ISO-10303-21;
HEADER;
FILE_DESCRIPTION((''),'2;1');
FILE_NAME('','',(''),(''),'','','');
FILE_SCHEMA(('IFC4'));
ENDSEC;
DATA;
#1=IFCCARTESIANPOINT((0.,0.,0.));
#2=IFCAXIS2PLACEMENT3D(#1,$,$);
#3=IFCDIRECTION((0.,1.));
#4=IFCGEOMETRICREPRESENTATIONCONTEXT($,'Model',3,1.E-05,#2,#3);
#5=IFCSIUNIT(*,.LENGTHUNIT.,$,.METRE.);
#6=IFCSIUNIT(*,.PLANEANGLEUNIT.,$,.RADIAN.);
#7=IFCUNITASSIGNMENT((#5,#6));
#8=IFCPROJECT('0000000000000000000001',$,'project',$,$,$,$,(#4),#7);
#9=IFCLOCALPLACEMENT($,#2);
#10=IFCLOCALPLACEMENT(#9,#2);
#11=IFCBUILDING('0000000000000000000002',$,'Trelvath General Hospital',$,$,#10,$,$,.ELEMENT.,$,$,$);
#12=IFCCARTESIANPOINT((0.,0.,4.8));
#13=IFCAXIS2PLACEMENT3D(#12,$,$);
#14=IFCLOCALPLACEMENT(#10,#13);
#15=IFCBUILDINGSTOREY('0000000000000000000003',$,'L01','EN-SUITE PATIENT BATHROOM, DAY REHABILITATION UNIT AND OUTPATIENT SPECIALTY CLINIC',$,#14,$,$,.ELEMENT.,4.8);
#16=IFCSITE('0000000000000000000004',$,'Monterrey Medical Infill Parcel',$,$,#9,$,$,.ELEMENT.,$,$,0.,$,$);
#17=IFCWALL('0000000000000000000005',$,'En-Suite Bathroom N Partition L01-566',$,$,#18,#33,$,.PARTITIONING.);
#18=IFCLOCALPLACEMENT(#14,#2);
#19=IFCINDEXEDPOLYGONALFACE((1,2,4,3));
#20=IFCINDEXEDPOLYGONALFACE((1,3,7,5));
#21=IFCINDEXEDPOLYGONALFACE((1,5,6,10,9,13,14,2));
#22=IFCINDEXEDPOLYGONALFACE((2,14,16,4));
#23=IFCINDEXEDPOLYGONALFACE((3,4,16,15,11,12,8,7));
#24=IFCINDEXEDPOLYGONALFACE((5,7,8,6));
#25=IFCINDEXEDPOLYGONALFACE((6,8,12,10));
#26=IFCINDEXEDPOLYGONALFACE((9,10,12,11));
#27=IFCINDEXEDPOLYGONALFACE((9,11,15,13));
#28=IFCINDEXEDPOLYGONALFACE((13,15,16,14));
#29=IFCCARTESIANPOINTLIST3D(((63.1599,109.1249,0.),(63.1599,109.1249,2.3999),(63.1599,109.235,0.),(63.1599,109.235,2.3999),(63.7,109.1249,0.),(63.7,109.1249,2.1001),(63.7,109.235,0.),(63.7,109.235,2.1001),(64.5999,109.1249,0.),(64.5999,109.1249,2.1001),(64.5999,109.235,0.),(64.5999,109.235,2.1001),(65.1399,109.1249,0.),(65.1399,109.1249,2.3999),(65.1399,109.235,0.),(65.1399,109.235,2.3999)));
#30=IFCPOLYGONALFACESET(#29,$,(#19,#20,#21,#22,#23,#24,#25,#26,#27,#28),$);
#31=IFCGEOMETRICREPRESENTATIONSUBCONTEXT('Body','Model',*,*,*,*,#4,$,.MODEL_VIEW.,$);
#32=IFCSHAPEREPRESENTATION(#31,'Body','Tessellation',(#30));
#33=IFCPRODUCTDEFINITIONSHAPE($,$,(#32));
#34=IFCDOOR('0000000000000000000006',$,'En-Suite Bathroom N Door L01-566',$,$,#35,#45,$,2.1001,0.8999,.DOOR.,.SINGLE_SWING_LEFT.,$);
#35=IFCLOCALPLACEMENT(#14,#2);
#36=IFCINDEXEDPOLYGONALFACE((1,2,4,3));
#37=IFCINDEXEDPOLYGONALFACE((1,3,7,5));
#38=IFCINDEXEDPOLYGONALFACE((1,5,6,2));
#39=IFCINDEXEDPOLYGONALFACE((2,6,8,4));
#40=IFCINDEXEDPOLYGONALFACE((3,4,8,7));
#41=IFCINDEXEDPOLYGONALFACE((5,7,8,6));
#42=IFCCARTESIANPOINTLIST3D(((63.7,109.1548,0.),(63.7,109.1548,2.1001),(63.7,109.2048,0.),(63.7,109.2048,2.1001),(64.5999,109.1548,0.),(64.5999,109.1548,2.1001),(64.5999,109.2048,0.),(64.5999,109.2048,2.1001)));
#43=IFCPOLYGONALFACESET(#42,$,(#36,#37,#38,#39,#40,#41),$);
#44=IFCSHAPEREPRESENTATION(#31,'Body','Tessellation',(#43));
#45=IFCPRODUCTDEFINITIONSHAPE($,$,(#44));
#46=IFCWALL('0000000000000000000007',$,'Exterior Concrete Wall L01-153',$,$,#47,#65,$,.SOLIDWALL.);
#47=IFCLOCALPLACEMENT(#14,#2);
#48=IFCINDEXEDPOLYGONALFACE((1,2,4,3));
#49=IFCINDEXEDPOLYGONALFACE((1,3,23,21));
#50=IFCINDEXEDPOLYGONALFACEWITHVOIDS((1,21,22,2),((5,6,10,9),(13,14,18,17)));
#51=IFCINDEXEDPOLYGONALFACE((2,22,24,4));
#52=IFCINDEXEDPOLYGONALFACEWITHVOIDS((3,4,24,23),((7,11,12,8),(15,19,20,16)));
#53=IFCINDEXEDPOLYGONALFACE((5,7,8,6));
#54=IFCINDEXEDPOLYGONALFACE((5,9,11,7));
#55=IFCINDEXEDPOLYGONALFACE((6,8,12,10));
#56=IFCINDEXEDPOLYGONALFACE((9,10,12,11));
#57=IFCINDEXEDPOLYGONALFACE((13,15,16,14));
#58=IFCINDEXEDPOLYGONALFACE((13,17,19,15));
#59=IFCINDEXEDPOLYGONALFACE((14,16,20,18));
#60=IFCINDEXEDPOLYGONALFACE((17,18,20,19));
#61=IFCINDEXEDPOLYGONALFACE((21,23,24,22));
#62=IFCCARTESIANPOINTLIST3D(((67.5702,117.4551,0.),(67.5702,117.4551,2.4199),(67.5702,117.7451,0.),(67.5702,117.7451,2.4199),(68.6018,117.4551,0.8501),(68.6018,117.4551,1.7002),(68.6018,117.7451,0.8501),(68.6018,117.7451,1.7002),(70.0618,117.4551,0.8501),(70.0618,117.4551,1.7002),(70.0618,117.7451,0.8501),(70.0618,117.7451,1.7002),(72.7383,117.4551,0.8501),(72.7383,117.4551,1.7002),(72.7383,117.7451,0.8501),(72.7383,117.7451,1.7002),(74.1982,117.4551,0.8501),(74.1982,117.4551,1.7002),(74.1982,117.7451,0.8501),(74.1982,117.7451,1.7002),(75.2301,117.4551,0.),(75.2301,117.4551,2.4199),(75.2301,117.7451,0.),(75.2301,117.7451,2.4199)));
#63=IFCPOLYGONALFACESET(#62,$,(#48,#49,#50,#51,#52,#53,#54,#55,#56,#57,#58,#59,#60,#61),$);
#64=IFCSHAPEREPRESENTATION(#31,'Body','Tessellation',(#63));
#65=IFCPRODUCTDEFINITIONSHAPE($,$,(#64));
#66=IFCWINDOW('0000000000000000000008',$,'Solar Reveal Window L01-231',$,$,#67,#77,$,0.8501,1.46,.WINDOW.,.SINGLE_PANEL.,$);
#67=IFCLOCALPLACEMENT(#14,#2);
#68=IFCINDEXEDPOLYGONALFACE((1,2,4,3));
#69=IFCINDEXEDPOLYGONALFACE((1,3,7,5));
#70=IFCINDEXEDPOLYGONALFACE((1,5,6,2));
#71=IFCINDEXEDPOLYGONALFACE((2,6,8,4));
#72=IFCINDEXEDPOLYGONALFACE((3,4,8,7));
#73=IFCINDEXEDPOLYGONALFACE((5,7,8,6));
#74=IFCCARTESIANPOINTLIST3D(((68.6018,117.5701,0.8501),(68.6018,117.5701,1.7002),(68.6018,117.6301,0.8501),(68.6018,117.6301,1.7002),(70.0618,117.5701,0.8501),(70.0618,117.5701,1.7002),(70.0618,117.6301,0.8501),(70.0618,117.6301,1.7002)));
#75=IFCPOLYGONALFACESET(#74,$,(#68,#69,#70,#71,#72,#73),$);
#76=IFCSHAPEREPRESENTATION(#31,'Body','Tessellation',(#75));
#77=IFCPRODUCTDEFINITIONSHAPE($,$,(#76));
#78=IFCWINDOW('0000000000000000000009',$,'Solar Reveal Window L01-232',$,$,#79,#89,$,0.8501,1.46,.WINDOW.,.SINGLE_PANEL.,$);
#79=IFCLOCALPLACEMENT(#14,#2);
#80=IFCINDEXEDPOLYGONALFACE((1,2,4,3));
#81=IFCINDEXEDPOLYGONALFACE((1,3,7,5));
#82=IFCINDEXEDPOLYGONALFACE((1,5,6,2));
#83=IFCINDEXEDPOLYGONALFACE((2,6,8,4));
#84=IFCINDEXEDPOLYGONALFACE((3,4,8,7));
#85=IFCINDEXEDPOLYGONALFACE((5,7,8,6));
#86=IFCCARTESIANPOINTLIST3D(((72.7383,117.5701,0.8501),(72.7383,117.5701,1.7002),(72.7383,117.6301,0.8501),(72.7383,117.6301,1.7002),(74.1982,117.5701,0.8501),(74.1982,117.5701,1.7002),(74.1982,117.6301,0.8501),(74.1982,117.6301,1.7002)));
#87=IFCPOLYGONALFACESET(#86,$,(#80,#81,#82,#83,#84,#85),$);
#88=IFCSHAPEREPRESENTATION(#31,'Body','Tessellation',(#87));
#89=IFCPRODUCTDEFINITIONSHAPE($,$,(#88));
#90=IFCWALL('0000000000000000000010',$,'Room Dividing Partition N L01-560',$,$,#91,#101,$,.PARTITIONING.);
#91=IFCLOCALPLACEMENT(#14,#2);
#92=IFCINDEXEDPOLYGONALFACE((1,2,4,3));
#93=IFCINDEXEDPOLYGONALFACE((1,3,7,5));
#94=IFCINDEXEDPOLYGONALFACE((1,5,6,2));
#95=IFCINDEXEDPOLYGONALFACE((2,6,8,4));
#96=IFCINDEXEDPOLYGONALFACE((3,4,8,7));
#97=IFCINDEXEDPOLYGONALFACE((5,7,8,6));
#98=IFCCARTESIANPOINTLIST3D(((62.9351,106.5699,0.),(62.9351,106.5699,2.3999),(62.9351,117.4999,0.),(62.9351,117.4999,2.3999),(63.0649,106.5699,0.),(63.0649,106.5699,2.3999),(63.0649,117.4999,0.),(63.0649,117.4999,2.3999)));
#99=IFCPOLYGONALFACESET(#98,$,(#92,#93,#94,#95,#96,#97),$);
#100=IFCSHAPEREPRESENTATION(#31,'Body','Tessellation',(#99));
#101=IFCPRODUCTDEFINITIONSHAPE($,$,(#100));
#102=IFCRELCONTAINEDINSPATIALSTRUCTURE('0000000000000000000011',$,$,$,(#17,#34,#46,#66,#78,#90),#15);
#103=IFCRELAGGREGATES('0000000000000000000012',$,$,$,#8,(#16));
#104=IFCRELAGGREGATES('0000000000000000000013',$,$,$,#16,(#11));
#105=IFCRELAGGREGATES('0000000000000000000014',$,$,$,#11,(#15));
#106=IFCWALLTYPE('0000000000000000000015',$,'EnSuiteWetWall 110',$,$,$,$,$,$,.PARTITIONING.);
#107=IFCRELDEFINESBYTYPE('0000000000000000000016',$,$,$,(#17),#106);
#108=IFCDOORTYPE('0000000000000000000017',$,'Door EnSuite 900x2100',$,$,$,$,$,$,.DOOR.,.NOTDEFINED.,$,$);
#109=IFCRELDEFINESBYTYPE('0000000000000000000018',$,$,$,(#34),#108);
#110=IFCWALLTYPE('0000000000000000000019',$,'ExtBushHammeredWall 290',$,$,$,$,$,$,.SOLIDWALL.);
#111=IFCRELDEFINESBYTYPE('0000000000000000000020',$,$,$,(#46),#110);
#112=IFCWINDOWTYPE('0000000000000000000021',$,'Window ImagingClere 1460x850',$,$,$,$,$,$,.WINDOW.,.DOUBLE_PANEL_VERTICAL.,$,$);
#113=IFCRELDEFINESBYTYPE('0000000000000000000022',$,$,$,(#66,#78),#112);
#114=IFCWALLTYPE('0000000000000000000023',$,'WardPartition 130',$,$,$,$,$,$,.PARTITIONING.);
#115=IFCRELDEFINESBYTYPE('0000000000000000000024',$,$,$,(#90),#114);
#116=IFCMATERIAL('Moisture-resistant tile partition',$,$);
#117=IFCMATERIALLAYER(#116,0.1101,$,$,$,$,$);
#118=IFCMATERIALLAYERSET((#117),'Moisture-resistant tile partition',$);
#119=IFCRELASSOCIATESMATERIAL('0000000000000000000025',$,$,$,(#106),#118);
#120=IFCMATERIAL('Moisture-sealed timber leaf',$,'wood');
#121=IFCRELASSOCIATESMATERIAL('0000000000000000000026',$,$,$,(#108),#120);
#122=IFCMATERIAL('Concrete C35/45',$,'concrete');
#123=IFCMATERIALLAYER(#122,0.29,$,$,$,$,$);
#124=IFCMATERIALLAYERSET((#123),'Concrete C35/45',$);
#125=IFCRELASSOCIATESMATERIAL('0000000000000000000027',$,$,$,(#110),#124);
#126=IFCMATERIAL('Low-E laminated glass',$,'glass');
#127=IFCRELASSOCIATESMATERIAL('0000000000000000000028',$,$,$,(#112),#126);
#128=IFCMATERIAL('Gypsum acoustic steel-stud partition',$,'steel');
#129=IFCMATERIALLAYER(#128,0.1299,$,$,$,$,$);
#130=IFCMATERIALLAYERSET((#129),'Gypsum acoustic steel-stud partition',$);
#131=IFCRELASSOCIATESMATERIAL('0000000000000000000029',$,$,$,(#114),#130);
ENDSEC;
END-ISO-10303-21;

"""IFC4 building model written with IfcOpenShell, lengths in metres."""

from ifc_helpers import new_model, si_unit, direction, frame, frame_2d, origin, place, context, subcontext, project, spatial, rectangle, extrude, material, layer, layer_set, type_object, element, fill, save


model = new_model("IFC4")

# Units and contexts
model_context = context("Model", 3, precision=1e-05, world=origin(), true_north=direction((0.0, 1.0)))
body_context = subcontext(model_context, "Body", "Model", "MODEL_VIEW")
ifc_project = project(units=[si_unit("LENGTHUNIT", "METRE"), si_unit("PLANEANGLEUNIT", "RADIAN")], contexts=[model_context])

# Site, building, storey
site_placement = place(None, origin())
site = spatial("IfcSite", under=ifc_project, at=site_placement, Name="Monterrey Medical Infill Parcel", CompositionType="ELEMENT", RefElevation=0.0)
building_placement = place(site_placement, origin())
building = spatial("IfcBuilding", under=site, at=building_placement, Name="Trelvath General Hospital", CompositionType="ELEMENT")
storey_placement = place(building_placement, frame((0.0, 0.0, 4.8)))
storey = spatial("IfcBuildingStorey", under=building, at=storey_placement, Name="L01", Description="EN-SUITE PATIENT BATHROOM, DAY REHABILITATION UNIT AND OUTPATIENT SPECIALTY CLINIC", CompositionType="ELEMENT", Elevation=4.8)

# Shared definitions
ifc_material_1 = material(Name="Moisture-resistant tile partition")
ifc_layer_1 = layer(ifc_material_1, 0.1101)
ifc_layer_set_1 = layer_set([ifc_layer_1], Name="Moisture-resistant tile partition")
wall_type_1 = type_object("IfcWallType", Name="EnSuiteWetWall 110", PredefinedType="PARTITIONING", material=ifc_layer_set_1)

# Wall, opening, door
wall_1_placement = place(storey_placement, frame((63.1599, 109.1799, 0.0), z_axis=(0.0, 0.0, 1.0), x_axis=(1.0, 0.0, 0.0)))
wall_1 = element("IfcWall", 1, at=wall_1_placement, inside=storey, type_object=wall_type_1, Name="En-Suite Bathroom N Partition L01-566", PredefinedType="PARTITIONING", context=body_context, shape_type="SweptSolid", body=[
    extrude(rectangle(XDim=1.98, YDim=0.1101, at=frame_2d((0.99, 0.0))), origin(), (0.0, 0.0, 1.0), 2.3999),
])
opening_1_placement = place(wall_1_placement, frame((0.54, 0.0, 0.0)))
opening_1 = element("IfcOpeningElement", 2, at=opening_1_placement, cuts=wall_1, PredefinedType="OPENING", context=body_context, shape_type="SweptSolid", body=[
    extrude(rectangle(XDim=0.8999, YDim=2.1001, at=frame_2d((0.45, 1.05))), frame((0.0, 0.0649, 0.0), z_axis=(0.0, -1.0, 0.0), x_axis=(1.0, 0.0, 0.0)), (0.0, 0.0, 1.0), 0.1301),
])
ifc_material_2 = material(Name="Moisture-sealed timber leaf", Category="wood")
door_type = type_object("IfcDoorType", Name="Door EnSuite 900x2100", OperationType="NOTDEFINED", PredefinedType="DOOR", material=ifc_material_2)
door_placement = place(opening_1_placement, origin())
door = element("IfcDoor", 3, at=door_placement, inside=storey, type_object=door_type, Name="En-Suite Bathroom N Door L01-566", OperationType="SINGLE_SWING_LEFT", OverallHeight=2.1001, OverallWidth=0.8999, PredefinedType="DOOR", context=body_context, shape_type="SweptSolid", body=[
    extrude(rectangle(XDim=0.8999, YDim=2.1001, at=frame_2d((0.45, 1.05))), frame((0.0, 0.0249, 0.0), z_axis=(0.0, -1.0, 0.0), x_axis=(1.0, 0.0, 0.0)), (0.0, 0.0, 1.0), 0.05),
])
fill(opening_1, door)

# Wall, openings, windows
ifc_material_3 = material(Name="Concrete C35/45", Category="concrete")
ifc_layer_2 = layer(ifc_material_3, 0.29)
ifc_layer_set_2 = layer_set([ifc_layer_2], Name="Concrete C35/45")
wall_type_2 = type_object("IfcWallType", Name="ExtBushHammeredWall 290", PredefinedType="SOLIDWALL", material=ifc_layer_set_2)
wall_2_placement = place(storey_placement, frame((67.5701, 117.6001, 0.0), z_axis=(0.0, 0.0, 1.0), x_axis=(1.0, 0.0, 0.0)))
wall_2 = element("IfcWall", 4, at=wall_2_placement, inside=storey, type_object=wall_type_2, Name="Exterior Concrete Wall L01-153", PredefinedType="SOLIDWALL", context=body_context, shape_type="SweptSolid", body=[
    extrude(rectangle(XDim=7.6599, YDim=0.29, at=frame_2d((3.8301, 0.0))), origin(), (0.0, 0.0, 1.0), 2.4199),
])
opening_2_placement = place(wall_2_placement, frame((1.0317, 0.0, 0.8501)))
opening_2 = element("IfcOpeningElement", 5, at=opening_2_placement, cuts=wall_2, PredefinedType="OPENING", context=body_context, shape_type="SweptSolid", body=[
    extrude(rectangle(XDim=1.46, YDim=0.8501, at=frame_2d((0.73, 0.425))), frame((0.0, 0.155, 0.0), z_axis=(0.0, -1.0, 0.0), x_axis=(1.0, 0.0, 0.0)), (0.0, 0.0, 1.0), 0.3101),
])
opening_3_placement = place(wall_2_placement, frame((5.1682, 0.0, 0.8501)))
opening_3 = element("IfcOpeningElement", 6, at=opening_3_placement, cuts=wall_2, PredefinedType="OPENING", context=body_context, shape_type="SweptSolid", body=[
    extrude(rectangle(XDim=1.46, YDim=0.8501, at=frame_2d((0.73, 0.425))), frame((0.0, 0.155, 0.0), z_axis=(0.0, -1.0, 0.0), x_axis=(1.0, 0.0, 0.0)), (0.0, 0.0, 1.0), 0.3101),
])
ifc_material_4 = material(Name="Low-E laminated glass", Category="glass")
window_type = type_object("IfcWindowType", Name="Window ImagingClere 1460x850", PartitioningType="DOUBLE_PANEL_VERTICAL", PredefinedType="WINDOW", material=ifc_material_4)
window_1_placement = place(opening_2_placement, origin())
window_1 = element("IfcWindow", 7, at=window_1_placement, inside=storey, type_object=window_type, Name="Solar Reveal Window L01-231", OverallHeight=0.8501, OverallWidth=1.46, PartitioningType="SINGLE_PANEL", PredefinedType="WINDOW", context=body_context, shape_type="SweptSolid", body=[
    extrude(rectangle(XDim=1.46, YDim=0.8501, at=frame_2d((0.73, 0.425))), frame((0.0, 0.03, 0.0), z_axis=(0.0, -1.0, 0.0), x_axis=(1.0, 0.0, 0.0)), (0.0, 0.0, 1.0), 0.0601),
])
fill(opening_2, window_1)
window_2_placement = place(opening_3_placement, origin())
window_2 = element("IfcWindow", 8, at=window_2_placement, inside=storey, type_object=window_type, Name="Solar Reveal Window L01-232", OverallHeight=0.8501, OverallWidth=1.46, PartitioningType="SINGLE_PANEL", PredefinedType="WINDOW", context=body_context, shape_type="SweptSolid", body=[
    extrude(rectangle(XDim=1.46, YDim=0.8501, at=frame_2d((0.73, 0.425))), frame((0.0, 0.03, 0.0), z_axis=(0.0, -1.0, 0.0), x_axis=(1.0, 0.0, 0.0)), (0.0, 0.0, 1.0), 0.0601),
])
fill(opening_3, window_2)

# Wall
ifc_material_5 = material(Name="Gypsum acoustic steel-stud partition", Category="steel")
ifc_layer_3 = layer(ifc_material_5, 0.1299)
ifc_layer_set_3 = layer_set([ifc_layer_3], Name="Gypsum acoustic steel-stud partition")
wall_type_3 = type_object("IfcWallType", Name="WardPartition 130", PredefinedType="PARTITIONING", material=ifc_layer_set_3)
wall_3_placement = place(storey_placement, frame((63.0, 106.5701, 0.0), z_axis=(0.0, 0.0, 1.0), x_axis=(0.0, 1.0, 0.0)))
element("IfcWall", 9, at=wall_3_placement, inside=storey, type_object=wall_type_3, Name="Room Dividing Partition N L01-560", PredefinedType="PARTITIONING", context=body_context, shape_type="SweptSolid", body=[
    extrude(rectangle(XDim=10.9299, YDim=0.1299, at=frame_2d((5.4648, 0.0))), origin(), (0.0, 0.0, 1.0), 2.3999),
])

save(model, "model.ifc")
